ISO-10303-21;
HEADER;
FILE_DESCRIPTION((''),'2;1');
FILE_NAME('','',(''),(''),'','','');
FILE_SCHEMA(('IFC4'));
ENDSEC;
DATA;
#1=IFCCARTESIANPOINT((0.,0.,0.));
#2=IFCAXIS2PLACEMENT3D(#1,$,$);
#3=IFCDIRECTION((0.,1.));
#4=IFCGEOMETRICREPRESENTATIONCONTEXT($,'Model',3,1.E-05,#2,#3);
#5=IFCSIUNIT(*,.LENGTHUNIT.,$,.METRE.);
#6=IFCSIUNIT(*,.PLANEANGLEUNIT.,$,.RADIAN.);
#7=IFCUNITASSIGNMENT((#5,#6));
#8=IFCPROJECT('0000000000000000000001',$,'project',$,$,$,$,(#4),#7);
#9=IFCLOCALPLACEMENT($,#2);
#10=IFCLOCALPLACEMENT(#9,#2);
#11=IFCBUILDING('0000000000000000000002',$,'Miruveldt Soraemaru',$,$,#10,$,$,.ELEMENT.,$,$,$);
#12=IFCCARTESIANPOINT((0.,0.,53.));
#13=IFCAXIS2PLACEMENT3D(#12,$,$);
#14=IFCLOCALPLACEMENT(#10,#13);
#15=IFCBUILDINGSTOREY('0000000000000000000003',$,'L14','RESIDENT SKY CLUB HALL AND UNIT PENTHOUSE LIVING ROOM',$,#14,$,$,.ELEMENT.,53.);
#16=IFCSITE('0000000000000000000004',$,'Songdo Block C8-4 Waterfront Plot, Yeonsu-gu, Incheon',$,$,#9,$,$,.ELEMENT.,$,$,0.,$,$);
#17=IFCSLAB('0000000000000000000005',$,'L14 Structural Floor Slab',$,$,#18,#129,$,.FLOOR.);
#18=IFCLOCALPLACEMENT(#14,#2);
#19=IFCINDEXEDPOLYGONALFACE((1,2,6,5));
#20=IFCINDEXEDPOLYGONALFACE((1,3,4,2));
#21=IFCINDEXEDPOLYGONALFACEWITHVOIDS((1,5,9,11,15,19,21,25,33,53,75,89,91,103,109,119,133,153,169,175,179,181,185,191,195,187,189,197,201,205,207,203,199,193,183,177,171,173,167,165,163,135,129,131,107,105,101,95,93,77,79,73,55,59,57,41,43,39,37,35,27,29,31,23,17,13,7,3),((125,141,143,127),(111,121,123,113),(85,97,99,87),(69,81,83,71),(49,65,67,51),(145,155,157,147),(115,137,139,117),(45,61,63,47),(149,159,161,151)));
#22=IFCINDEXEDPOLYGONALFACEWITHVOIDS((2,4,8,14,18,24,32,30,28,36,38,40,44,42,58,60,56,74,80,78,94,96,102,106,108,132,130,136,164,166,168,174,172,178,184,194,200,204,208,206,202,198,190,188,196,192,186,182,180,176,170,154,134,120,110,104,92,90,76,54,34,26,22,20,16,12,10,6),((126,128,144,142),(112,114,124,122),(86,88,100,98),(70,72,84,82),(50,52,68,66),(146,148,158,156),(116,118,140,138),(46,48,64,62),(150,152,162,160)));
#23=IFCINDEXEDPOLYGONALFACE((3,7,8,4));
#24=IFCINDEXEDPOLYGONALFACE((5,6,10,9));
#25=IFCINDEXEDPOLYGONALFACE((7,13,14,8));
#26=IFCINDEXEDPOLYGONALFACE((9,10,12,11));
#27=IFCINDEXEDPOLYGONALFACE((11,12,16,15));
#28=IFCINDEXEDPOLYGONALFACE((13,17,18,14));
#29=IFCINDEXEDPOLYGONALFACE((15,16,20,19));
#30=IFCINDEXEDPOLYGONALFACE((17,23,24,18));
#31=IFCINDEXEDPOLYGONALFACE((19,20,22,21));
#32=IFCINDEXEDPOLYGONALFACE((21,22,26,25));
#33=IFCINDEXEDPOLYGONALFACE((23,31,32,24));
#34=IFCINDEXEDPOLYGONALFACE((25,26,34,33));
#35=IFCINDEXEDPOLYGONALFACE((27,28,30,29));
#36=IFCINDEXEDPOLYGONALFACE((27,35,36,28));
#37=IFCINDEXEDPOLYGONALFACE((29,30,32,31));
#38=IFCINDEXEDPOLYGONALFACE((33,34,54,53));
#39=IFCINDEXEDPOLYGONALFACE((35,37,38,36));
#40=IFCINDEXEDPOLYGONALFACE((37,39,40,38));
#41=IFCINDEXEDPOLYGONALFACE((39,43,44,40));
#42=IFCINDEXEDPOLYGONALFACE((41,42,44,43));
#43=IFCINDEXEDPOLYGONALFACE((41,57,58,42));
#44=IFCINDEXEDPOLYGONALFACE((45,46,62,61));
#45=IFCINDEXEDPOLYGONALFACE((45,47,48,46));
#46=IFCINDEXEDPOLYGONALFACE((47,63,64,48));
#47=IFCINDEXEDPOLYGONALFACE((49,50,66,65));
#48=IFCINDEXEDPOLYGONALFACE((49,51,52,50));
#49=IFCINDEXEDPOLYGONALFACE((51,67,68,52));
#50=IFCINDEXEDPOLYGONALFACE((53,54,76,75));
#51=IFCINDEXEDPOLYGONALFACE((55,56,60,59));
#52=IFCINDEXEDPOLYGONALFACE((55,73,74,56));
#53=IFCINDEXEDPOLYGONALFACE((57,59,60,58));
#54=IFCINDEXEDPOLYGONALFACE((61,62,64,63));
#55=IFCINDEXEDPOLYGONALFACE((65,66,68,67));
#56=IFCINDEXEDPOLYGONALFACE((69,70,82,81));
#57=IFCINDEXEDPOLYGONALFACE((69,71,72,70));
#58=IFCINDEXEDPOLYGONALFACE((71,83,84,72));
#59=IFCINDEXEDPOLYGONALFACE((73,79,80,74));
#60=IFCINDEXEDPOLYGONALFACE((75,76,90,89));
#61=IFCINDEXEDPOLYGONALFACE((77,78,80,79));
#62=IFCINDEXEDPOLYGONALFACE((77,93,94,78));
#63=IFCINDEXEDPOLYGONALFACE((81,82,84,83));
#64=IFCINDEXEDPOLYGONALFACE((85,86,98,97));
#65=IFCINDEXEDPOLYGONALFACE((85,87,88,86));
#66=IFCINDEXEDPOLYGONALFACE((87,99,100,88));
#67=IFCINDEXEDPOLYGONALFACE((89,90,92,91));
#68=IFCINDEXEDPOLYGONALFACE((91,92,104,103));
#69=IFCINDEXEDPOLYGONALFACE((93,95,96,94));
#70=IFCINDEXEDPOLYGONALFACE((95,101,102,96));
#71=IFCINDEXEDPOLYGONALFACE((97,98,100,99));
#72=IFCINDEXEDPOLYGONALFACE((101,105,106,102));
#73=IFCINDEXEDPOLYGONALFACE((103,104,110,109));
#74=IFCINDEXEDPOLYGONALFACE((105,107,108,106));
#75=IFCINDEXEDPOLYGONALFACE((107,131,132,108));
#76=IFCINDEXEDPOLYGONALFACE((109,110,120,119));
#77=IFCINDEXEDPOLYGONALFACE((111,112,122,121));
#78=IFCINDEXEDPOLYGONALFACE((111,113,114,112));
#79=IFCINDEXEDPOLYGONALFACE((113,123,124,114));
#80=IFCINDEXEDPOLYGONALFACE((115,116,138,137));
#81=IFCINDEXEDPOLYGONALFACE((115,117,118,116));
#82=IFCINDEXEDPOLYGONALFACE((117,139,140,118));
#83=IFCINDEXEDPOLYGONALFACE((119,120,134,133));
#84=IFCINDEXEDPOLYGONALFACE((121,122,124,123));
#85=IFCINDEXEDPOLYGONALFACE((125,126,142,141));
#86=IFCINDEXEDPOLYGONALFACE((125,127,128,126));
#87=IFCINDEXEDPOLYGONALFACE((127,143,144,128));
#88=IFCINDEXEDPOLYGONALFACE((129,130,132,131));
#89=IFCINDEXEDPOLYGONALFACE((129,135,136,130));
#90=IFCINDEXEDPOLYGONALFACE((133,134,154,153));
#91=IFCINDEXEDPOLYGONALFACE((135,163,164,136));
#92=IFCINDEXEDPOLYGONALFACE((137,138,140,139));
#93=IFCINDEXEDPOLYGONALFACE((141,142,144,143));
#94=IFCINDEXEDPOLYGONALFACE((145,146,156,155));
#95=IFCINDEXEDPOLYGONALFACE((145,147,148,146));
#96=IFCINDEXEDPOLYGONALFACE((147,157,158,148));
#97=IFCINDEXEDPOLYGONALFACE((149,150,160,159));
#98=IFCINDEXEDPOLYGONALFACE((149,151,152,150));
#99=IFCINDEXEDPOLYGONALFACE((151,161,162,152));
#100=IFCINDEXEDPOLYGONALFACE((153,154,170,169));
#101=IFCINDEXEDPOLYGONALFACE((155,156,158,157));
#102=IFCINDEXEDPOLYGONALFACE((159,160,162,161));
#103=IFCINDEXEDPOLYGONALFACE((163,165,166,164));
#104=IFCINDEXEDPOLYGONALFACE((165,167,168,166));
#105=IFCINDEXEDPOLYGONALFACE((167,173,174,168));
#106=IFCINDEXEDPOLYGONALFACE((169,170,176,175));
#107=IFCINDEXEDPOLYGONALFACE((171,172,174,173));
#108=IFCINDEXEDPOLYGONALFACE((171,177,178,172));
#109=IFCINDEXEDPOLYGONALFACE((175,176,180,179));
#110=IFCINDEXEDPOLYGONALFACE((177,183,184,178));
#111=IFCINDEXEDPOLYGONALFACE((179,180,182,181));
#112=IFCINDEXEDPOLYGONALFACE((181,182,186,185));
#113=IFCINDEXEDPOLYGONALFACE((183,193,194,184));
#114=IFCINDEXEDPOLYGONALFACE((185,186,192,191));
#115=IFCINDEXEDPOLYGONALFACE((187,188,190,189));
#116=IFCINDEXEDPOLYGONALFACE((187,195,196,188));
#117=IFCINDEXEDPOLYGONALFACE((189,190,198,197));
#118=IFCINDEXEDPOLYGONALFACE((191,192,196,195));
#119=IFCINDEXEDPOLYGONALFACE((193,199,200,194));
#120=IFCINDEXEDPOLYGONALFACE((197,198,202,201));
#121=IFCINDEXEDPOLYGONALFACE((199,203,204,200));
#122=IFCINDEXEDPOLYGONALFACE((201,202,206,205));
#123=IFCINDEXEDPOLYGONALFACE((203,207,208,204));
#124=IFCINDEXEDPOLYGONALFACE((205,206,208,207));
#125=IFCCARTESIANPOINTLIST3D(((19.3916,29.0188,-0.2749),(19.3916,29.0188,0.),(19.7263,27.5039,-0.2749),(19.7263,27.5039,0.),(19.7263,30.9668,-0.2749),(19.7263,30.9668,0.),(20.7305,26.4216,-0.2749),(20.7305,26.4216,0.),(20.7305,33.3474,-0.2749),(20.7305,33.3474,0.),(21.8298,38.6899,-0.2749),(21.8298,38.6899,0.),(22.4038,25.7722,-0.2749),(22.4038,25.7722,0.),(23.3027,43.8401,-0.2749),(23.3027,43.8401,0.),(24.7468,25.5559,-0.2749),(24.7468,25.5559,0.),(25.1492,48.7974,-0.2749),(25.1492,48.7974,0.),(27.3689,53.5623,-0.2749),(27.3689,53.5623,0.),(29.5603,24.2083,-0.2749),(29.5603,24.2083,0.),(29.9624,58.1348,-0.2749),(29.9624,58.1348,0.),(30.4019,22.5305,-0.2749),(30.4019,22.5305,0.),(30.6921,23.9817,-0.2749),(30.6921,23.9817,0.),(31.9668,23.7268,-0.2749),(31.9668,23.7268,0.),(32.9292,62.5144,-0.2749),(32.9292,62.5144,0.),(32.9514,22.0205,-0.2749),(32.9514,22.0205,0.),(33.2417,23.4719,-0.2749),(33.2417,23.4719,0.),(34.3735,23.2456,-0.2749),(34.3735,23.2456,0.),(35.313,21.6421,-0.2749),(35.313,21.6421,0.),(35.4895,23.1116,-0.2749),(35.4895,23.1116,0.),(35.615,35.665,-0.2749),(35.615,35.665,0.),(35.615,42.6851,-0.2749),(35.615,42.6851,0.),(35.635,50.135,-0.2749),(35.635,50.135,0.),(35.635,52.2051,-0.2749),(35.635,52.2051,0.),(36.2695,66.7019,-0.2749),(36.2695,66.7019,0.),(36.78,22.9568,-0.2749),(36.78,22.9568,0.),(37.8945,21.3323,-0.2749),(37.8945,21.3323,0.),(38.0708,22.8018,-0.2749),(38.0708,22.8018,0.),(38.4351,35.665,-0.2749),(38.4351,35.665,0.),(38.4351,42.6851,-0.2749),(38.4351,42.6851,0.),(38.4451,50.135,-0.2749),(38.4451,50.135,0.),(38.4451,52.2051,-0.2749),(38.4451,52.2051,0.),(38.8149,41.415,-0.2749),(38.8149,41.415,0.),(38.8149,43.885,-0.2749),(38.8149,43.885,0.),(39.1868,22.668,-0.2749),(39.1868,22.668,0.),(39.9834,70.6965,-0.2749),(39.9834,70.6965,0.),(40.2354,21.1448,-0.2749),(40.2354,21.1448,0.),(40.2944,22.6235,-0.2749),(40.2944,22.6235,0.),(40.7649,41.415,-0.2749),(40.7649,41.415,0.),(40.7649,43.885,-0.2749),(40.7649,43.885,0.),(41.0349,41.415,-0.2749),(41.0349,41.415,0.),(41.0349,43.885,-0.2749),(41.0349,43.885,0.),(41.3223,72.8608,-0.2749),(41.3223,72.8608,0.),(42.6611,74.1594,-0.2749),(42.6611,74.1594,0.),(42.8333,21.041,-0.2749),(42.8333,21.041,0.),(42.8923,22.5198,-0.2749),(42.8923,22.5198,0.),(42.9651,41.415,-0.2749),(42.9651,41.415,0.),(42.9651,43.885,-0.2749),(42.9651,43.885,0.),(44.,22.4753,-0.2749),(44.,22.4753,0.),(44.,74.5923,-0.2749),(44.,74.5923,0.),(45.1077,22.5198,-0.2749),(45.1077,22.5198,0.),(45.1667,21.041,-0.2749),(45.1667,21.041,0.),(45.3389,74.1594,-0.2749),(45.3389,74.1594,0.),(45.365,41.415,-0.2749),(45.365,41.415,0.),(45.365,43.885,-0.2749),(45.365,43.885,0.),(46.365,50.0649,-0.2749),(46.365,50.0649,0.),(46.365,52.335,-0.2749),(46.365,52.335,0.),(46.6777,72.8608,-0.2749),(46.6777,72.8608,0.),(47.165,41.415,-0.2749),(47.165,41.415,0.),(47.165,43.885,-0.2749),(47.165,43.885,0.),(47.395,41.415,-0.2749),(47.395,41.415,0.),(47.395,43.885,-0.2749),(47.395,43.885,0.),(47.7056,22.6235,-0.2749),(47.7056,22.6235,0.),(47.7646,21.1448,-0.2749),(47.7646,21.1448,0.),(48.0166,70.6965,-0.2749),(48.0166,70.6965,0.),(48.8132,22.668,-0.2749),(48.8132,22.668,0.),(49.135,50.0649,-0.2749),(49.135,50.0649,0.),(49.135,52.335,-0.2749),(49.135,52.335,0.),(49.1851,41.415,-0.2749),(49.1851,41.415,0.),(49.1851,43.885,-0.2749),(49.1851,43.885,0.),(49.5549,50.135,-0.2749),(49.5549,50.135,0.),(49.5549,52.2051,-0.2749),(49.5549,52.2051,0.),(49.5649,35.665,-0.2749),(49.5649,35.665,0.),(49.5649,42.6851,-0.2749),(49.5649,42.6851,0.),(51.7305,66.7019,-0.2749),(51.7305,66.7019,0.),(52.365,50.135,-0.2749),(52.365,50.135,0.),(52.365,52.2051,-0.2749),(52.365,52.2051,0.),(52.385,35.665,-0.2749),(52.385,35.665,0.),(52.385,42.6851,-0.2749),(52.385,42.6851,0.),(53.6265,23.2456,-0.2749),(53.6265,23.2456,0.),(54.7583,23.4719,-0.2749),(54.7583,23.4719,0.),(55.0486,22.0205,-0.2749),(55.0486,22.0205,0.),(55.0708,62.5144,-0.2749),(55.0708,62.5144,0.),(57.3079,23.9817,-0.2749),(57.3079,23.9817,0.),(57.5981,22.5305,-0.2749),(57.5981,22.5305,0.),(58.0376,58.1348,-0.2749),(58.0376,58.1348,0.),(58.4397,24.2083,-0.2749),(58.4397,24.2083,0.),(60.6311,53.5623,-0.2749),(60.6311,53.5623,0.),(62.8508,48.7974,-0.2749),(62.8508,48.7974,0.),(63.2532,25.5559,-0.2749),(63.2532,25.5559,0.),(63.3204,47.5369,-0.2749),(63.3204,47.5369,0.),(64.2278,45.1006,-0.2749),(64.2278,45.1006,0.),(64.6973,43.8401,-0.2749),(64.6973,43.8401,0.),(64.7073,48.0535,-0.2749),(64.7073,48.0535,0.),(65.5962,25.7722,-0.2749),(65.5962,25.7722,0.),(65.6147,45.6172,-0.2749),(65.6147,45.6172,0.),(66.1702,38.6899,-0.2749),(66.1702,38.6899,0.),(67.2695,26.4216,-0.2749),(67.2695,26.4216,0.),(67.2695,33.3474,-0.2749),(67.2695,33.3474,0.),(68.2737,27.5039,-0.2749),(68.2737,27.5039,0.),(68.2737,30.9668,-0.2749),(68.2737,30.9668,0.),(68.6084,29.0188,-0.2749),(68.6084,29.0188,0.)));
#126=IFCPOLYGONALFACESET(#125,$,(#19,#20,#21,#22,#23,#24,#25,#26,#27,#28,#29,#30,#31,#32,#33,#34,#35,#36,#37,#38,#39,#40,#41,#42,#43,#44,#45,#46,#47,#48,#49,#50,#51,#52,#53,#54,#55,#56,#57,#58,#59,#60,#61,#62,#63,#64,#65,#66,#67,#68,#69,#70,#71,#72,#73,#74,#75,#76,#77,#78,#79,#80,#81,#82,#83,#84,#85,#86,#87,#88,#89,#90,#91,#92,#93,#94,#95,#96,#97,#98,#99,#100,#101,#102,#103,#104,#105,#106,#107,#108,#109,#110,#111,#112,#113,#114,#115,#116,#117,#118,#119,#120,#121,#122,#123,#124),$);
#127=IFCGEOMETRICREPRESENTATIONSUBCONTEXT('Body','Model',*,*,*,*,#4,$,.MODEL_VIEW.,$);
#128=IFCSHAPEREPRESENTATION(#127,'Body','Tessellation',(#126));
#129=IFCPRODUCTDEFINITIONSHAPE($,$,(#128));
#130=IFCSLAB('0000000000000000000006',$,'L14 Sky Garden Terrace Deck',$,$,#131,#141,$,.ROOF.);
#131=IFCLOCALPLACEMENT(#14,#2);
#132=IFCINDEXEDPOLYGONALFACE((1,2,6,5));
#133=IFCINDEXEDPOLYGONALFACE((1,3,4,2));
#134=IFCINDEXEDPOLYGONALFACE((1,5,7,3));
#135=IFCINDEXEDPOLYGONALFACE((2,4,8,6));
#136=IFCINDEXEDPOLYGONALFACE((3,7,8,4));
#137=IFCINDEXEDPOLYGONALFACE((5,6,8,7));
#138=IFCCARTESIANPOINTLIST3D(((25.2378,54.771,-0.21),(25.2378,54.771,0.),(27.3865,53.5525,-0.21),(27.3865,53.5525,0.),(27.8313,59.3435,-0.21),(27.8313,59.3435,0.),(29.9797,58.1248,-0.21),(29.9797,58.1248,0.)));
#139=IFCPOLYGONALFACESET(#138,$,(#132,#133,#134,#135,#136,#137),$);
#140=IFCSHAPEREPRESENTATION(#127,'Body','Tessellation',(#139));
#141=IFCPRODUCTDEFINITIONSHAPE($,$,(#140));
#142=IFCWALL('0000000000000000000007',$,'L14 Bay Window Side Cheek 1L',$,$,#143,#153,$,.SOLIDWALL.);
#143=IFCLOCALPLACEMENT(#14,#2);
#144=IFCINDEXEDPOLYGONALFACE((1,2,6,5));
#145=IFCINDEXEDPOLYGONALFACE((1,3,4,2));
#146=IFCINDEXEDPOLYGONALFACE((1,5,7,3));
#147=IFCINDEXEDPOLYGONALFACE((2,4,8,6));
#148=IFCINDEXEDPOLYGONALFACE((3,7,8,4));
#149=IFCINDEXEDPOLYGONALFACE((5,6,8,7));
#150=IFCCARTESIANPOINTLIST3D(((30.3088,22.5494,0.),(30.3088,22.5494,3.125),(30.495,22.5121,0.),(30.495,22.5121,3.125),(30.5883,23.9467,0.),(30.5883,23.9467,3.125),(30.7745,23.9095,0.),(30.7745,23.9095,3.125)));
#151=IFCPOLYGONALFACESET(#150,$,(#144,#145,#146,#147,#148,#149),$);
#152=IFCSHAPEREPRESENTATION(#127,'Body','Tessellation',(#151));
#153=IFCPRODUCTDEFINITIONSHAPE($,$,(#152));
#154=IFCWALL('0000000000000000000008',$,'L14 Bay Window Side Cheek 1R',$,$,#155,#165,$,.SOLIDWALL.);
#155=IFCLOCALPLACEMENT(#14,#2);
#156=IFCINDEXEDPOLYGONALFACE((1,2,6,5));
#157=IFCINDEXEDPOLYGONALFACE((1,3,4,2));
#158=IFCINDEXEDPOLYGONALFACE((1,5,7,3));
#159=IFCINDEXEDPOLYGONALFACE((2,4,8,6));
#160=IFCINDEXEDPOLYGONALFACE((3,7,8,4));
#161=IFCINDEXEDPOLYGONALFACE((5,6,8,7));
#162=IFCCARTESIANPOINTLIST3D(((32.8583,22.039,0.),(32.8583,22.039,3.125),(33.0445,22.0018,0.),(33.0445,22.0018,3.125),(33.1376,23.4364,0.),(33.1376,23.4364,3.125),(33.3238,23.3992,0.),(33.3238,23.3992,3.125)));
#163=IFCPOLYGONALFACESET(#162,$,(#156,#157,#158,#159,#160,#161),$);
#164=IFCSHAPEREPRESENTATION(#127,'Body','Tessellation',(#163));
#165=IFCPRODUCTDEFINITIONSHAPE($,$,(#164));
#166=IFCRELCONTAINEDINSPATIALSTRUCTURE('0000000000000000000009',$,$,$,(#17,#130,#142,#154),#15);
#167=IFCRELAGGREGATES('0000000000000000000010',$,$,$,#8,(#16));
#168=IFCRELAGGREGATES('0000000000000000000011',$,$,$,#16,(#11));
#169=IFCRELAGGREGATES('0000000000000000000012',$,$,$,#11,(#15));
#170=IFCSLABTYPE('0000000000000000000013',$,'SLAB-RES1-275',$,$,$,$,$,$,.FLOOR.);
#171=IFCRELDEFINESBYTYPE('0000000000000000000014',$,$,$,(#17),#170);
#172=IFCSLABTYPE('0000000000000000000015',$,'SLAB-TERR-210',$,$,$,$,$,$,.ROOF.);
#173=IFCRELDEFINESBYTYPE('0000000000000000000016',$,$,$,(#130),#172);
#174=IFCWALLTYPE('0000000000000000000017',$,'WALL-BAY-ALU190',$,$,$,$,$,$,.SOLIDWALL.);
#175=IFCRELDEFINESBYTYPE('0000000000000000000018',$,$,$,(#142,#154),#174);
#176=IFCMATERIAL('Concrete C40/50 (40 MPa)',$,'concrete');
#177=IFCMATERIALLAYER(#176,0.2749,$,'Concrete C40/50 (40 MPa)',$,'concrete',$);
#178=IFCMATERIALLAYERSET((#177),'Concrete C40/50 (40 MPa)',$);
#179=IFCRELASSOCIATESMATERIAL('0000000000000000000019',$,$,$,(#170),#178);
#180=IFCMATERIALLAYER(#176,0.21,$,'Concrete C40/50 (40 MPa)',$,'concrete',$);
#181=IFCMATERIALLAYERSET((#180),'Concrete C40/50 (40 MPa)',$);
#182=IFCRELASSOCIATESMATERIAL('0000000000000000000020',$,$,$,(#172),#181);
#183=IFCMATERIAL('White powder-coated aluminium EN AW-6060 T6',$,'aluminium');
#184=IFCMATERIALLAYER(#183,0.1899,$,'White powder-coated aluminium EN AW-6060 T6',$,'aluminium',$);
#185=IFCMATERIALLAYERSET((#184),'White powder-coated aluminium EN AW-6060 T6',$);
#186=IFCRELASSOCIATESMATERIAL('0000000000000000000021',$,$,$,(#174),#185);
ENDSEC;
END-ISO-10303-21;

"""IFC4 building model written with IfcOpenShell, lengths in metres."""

from ifc_helpers import new_model, si_unit, direction, frame, frame_2d, origin, place, context, subcontext, project, spatial, polyline, rectangle, outline, extrude, material, layer, layer_set, type_object, element, save


model = new_model("IFC4")

# Units and contexts
model_context = context("Model", 3, precision=1e-05, world=origin(), true_north=direction((0.0, 1.0)))
body_context = subcontext(model_context, "Body", "Model", "MODEL_VIEW")
ifc_project = project(units=[si_unit("LENGTHUNIT", "METRE"), si_unit("PLANEANGLEUNIT", "RADIAN")], contexts=[model_context])

# Site, building, storey
site_placement = place(None, origin())
site = spatial("IfcSite", under=ifc_project, at=site_placement, Name="Songdo Block C8-4 Waterfront Plot, Yeonsu-gu, Incheon", CompositionType="ELEMENT", RefElevation=0.0)
building_placement = place(site_placement, origin())
building = spatial("IfcBuilding", under=site, at=building_placement, Name="Miruveldt Soraemaru", CompositionType="ELEMENT")
storey_placement = place(building_placement, frame((0.0, 0.0, 53.0)))
storey = spatial("IfcBuildingStorey", under=building, at=storey_placement, Name="L14", Description="RESIDENT SKY CLUB HALL AND UNIT PENTHOUSE LIVING ROOM", CompositionType="ELEMENT", Elevation=53.0)

# Shared definitions
ifc_material_1 = material(Name="Concrete C40/50 (40 MPa)", Category="concrete")

# Slabs
ifc_layer_1 = layer(ifc_material_1, 0.2749, Name="Concrete C40/50 (40 MPa)", Category="concrete")
ifc_layer_set_1 = layer_set([ifc_layer_1], Name="Concrete C40/50 (40 MPa)")
slab_type_1 = type_object("IfcSlabType", Name="SLAB-RES1-275", PredefinedType="FLOOR", material=ifc_layer_set_1)
slab_1_placement = place(storey_placement, frame((0.0, 0.0, -0.2749)))
element("IfcSlab", 1, at=slab_1_placement, inside=storey, type_object=slab_type_1, Name="L14 Structural Floor Slab", PredefinedType="FLOOR", context=body_context, shape_type="SweptSolid", body=[
    extrude(outline(polyline([(40.2354, 21.1448), (40.2944, 22.6235), (39.1868, 22.668), (36.78, 22.9568), (38.0708, 22.8018), (37.8945, 21.3323), (35.313, 21.6421), (35.4895, 23.1116), (34.3735, 23.2456), (33.2417, 23.4719), (32.9514, 22.0205), (30.4019, 22.5305), (30.6921, 23.9817), (31.9668, 23.7268), (29.5603, 24.2083), (24.7468, 25.5559), (22.4038, 25.7722), (20.7305, 26.4216), (19.7263, 27.5039), (19.3916, 29.0188), (19.7263, 30.9668), (20.7305, 33.3474), (21.8298, 38.6899), (23.3027, 43.8401), (25.1492, 48.7974), (27.3689, 53.5623), (29.9624, 58.1348), (32.9292, 62.5144), (36.2695, 66.7019), (39.9834, 70.6965), (41.3223, 72.8608), (42.6611, 74.1594), (44.0, 74.5923), (45.3389, 74.1594), (46.6777, 72.8608), (48.0166, 70.6965), (51.7305, 66.7019), (55.0708, 62.5144), (58.0376, 58.1348), (60.6311, 53.5623), (62.8508, 48.7974), (63.7742, 46.3186), (63.3203, 47.5369), (64.7073, 48.0535), (65.6147, 45.6172), (64.2278, 45.1006), (64.6973, 43.8401), (66.1702, 38.6899), (67.2695, 33.3474), (68.2737, 30.9668), (68.6084, 29.0188), (68.2737, 27.5039), (67.2695, 26.4216), (65.5962, 25.7722), (63.2532, 25.5559), (58.4397, 24.2083), (57.3079, 23.9817), (57.5981, 22.5305), (55.0486, 22.0205), (54.7583, 23.4719), (53.6265, 23.2456), (48.8132, 22.668), (47.7056, 22.6235), (47.7646, 21.1448), (45.1667, 21.041), (45.1077, 22.5198), (44.0, 22.4753), (42.8923, 22.5198), (42.8333, 21.041), (40.2354, 21.1448)]), holes=[polyline([(35.615, 35.665), (38.4351, 35.665), (38.4351, 42.6851), (35.615, 42.6851), (35.615, 35.665)]), polyline([(49.5649, 35.665), (52.385, 35.665), (52.385, 42.6851), (49.5649, 42.6851), (49.5649, 35.665)]), polyline([(40.7649, 41.415), (40.7649, 43.885), (38.8149, 43.885), (38.8149, 41.415), (40.7649, 41.415)]), polyline([(42.9651, 41.415), (42.9651, 43.885), (41.0349, 43.885), (41.0349, 41.415), (42.9651, 41.415)]), polyline([(47.165, 41.415), (47.165, 43.885), (45.365, 43.885), (45.365, 41.415), (47.165, 41.415)]), polyline([(49.1851, 41.415), (49.1851, 43.885), (47.395, 43.885), (47.395, 41.415), (49.1851, 41.415)]), polyline([(38.4451, 50.135), (38.4451, 52.2051), (35.635, 52.2051), (35.635, 50.135), (38.4451, 50.135)]), polyline([(49.5549, 50.135), (52.365, 50.135), (52.365, 52.2051), (49.5549, 52.2051), (49.5549, 50.135)]), polyline([(46.365, 50.0649), (49.135, 50.0649), (49.135, 52.335), (46.365, 52.335), (46.365, 50.0649)])]), origin(), (0.0, 0.0, 1.0), 0.2749),
])
ifc_layer_2 = layer(ifc_material_1, 0.21, Name="Concrete C40/50 (40 MPa)", Category="concrete")
ifc_layer_set_2 = layer_set([ifc_layer_2], Name="Concrete C40/50 (40 MPa)")
slab_type_2 = type_object("IfcSlabType", Name="SLAB-TERR-210", PredefinedType="ROOF", material=ifc_layer_set_2)
slab_2_placement = place(storey_placement, frame((0.0, 0.0, -0.21)))
element("IfcSlab", 2, at=slab_2_placement, inside=storey, type_object=slab_type_2, Name="L14 Sky Garden Terrace Deck", PredefinedType="ROOF", context=body_context, shape_type="SweptSolid", body=[
    extrude(outline(polyline([(29.9797, 58.1248), (27.3865, 53.5525), (25.2378, 54.771), (27.8313, 59.3435), (29.9797, 58.1248)])), origin(), (0.0, 0.0, 1.0), 0.21),
])

# Walls
ifc_material_2 = material(Name="White powder-coated aluminium EN AW-6060 T6", Category="aluminium")
ifc_layer_3 = layer(ifc_material_2, 0.1899, Name="White powder-coated aluminium EN AW-6060 T6", Category="aluminium")
ifc_layer_set_3 = layer_set([ifc_layer_3], Name="White powder-coated aluminium EN AW-6060 T6")
wall_type_1 = type_object("IfcWallType", Name="WALL-BAY-ALU190", PredefinedType="SOLIDWALL", material=ifc_layer_set_3)
for number, where, z_axis, x_axis, name in (
    (3, (30.6814, 23.928, 0.0), (0.0, 0.0, 1.0), (-0.196149, -0.980574, 0.0), "L14 Bay Window Side Cheek 1L"),
    (4, (32.9514, 22.0205, 0.0), (0.0, 0.0, 1.0), (0.195984, 0.980607, 0.0), "L14 Bay Window Side Cheek 1R"),
):
    element("IfcWall", number, at=place(storey_placement, frame(where, z_axis=z_axis, x_axis=x_axis)), inside=storey, type_object=wall_type_1, Name=name, PredefinedType="SOLIDWALL", context=body_context, shape_type="SweptSolid", body=[
        extrude(rectangle(XDim=1.425, YDim=0.1899, at=frame_2d((0.7124, 0.0))), origin(), (0.0, 0.0, 1.0), 3.125),
    ])

save(model, "model.ifc")
